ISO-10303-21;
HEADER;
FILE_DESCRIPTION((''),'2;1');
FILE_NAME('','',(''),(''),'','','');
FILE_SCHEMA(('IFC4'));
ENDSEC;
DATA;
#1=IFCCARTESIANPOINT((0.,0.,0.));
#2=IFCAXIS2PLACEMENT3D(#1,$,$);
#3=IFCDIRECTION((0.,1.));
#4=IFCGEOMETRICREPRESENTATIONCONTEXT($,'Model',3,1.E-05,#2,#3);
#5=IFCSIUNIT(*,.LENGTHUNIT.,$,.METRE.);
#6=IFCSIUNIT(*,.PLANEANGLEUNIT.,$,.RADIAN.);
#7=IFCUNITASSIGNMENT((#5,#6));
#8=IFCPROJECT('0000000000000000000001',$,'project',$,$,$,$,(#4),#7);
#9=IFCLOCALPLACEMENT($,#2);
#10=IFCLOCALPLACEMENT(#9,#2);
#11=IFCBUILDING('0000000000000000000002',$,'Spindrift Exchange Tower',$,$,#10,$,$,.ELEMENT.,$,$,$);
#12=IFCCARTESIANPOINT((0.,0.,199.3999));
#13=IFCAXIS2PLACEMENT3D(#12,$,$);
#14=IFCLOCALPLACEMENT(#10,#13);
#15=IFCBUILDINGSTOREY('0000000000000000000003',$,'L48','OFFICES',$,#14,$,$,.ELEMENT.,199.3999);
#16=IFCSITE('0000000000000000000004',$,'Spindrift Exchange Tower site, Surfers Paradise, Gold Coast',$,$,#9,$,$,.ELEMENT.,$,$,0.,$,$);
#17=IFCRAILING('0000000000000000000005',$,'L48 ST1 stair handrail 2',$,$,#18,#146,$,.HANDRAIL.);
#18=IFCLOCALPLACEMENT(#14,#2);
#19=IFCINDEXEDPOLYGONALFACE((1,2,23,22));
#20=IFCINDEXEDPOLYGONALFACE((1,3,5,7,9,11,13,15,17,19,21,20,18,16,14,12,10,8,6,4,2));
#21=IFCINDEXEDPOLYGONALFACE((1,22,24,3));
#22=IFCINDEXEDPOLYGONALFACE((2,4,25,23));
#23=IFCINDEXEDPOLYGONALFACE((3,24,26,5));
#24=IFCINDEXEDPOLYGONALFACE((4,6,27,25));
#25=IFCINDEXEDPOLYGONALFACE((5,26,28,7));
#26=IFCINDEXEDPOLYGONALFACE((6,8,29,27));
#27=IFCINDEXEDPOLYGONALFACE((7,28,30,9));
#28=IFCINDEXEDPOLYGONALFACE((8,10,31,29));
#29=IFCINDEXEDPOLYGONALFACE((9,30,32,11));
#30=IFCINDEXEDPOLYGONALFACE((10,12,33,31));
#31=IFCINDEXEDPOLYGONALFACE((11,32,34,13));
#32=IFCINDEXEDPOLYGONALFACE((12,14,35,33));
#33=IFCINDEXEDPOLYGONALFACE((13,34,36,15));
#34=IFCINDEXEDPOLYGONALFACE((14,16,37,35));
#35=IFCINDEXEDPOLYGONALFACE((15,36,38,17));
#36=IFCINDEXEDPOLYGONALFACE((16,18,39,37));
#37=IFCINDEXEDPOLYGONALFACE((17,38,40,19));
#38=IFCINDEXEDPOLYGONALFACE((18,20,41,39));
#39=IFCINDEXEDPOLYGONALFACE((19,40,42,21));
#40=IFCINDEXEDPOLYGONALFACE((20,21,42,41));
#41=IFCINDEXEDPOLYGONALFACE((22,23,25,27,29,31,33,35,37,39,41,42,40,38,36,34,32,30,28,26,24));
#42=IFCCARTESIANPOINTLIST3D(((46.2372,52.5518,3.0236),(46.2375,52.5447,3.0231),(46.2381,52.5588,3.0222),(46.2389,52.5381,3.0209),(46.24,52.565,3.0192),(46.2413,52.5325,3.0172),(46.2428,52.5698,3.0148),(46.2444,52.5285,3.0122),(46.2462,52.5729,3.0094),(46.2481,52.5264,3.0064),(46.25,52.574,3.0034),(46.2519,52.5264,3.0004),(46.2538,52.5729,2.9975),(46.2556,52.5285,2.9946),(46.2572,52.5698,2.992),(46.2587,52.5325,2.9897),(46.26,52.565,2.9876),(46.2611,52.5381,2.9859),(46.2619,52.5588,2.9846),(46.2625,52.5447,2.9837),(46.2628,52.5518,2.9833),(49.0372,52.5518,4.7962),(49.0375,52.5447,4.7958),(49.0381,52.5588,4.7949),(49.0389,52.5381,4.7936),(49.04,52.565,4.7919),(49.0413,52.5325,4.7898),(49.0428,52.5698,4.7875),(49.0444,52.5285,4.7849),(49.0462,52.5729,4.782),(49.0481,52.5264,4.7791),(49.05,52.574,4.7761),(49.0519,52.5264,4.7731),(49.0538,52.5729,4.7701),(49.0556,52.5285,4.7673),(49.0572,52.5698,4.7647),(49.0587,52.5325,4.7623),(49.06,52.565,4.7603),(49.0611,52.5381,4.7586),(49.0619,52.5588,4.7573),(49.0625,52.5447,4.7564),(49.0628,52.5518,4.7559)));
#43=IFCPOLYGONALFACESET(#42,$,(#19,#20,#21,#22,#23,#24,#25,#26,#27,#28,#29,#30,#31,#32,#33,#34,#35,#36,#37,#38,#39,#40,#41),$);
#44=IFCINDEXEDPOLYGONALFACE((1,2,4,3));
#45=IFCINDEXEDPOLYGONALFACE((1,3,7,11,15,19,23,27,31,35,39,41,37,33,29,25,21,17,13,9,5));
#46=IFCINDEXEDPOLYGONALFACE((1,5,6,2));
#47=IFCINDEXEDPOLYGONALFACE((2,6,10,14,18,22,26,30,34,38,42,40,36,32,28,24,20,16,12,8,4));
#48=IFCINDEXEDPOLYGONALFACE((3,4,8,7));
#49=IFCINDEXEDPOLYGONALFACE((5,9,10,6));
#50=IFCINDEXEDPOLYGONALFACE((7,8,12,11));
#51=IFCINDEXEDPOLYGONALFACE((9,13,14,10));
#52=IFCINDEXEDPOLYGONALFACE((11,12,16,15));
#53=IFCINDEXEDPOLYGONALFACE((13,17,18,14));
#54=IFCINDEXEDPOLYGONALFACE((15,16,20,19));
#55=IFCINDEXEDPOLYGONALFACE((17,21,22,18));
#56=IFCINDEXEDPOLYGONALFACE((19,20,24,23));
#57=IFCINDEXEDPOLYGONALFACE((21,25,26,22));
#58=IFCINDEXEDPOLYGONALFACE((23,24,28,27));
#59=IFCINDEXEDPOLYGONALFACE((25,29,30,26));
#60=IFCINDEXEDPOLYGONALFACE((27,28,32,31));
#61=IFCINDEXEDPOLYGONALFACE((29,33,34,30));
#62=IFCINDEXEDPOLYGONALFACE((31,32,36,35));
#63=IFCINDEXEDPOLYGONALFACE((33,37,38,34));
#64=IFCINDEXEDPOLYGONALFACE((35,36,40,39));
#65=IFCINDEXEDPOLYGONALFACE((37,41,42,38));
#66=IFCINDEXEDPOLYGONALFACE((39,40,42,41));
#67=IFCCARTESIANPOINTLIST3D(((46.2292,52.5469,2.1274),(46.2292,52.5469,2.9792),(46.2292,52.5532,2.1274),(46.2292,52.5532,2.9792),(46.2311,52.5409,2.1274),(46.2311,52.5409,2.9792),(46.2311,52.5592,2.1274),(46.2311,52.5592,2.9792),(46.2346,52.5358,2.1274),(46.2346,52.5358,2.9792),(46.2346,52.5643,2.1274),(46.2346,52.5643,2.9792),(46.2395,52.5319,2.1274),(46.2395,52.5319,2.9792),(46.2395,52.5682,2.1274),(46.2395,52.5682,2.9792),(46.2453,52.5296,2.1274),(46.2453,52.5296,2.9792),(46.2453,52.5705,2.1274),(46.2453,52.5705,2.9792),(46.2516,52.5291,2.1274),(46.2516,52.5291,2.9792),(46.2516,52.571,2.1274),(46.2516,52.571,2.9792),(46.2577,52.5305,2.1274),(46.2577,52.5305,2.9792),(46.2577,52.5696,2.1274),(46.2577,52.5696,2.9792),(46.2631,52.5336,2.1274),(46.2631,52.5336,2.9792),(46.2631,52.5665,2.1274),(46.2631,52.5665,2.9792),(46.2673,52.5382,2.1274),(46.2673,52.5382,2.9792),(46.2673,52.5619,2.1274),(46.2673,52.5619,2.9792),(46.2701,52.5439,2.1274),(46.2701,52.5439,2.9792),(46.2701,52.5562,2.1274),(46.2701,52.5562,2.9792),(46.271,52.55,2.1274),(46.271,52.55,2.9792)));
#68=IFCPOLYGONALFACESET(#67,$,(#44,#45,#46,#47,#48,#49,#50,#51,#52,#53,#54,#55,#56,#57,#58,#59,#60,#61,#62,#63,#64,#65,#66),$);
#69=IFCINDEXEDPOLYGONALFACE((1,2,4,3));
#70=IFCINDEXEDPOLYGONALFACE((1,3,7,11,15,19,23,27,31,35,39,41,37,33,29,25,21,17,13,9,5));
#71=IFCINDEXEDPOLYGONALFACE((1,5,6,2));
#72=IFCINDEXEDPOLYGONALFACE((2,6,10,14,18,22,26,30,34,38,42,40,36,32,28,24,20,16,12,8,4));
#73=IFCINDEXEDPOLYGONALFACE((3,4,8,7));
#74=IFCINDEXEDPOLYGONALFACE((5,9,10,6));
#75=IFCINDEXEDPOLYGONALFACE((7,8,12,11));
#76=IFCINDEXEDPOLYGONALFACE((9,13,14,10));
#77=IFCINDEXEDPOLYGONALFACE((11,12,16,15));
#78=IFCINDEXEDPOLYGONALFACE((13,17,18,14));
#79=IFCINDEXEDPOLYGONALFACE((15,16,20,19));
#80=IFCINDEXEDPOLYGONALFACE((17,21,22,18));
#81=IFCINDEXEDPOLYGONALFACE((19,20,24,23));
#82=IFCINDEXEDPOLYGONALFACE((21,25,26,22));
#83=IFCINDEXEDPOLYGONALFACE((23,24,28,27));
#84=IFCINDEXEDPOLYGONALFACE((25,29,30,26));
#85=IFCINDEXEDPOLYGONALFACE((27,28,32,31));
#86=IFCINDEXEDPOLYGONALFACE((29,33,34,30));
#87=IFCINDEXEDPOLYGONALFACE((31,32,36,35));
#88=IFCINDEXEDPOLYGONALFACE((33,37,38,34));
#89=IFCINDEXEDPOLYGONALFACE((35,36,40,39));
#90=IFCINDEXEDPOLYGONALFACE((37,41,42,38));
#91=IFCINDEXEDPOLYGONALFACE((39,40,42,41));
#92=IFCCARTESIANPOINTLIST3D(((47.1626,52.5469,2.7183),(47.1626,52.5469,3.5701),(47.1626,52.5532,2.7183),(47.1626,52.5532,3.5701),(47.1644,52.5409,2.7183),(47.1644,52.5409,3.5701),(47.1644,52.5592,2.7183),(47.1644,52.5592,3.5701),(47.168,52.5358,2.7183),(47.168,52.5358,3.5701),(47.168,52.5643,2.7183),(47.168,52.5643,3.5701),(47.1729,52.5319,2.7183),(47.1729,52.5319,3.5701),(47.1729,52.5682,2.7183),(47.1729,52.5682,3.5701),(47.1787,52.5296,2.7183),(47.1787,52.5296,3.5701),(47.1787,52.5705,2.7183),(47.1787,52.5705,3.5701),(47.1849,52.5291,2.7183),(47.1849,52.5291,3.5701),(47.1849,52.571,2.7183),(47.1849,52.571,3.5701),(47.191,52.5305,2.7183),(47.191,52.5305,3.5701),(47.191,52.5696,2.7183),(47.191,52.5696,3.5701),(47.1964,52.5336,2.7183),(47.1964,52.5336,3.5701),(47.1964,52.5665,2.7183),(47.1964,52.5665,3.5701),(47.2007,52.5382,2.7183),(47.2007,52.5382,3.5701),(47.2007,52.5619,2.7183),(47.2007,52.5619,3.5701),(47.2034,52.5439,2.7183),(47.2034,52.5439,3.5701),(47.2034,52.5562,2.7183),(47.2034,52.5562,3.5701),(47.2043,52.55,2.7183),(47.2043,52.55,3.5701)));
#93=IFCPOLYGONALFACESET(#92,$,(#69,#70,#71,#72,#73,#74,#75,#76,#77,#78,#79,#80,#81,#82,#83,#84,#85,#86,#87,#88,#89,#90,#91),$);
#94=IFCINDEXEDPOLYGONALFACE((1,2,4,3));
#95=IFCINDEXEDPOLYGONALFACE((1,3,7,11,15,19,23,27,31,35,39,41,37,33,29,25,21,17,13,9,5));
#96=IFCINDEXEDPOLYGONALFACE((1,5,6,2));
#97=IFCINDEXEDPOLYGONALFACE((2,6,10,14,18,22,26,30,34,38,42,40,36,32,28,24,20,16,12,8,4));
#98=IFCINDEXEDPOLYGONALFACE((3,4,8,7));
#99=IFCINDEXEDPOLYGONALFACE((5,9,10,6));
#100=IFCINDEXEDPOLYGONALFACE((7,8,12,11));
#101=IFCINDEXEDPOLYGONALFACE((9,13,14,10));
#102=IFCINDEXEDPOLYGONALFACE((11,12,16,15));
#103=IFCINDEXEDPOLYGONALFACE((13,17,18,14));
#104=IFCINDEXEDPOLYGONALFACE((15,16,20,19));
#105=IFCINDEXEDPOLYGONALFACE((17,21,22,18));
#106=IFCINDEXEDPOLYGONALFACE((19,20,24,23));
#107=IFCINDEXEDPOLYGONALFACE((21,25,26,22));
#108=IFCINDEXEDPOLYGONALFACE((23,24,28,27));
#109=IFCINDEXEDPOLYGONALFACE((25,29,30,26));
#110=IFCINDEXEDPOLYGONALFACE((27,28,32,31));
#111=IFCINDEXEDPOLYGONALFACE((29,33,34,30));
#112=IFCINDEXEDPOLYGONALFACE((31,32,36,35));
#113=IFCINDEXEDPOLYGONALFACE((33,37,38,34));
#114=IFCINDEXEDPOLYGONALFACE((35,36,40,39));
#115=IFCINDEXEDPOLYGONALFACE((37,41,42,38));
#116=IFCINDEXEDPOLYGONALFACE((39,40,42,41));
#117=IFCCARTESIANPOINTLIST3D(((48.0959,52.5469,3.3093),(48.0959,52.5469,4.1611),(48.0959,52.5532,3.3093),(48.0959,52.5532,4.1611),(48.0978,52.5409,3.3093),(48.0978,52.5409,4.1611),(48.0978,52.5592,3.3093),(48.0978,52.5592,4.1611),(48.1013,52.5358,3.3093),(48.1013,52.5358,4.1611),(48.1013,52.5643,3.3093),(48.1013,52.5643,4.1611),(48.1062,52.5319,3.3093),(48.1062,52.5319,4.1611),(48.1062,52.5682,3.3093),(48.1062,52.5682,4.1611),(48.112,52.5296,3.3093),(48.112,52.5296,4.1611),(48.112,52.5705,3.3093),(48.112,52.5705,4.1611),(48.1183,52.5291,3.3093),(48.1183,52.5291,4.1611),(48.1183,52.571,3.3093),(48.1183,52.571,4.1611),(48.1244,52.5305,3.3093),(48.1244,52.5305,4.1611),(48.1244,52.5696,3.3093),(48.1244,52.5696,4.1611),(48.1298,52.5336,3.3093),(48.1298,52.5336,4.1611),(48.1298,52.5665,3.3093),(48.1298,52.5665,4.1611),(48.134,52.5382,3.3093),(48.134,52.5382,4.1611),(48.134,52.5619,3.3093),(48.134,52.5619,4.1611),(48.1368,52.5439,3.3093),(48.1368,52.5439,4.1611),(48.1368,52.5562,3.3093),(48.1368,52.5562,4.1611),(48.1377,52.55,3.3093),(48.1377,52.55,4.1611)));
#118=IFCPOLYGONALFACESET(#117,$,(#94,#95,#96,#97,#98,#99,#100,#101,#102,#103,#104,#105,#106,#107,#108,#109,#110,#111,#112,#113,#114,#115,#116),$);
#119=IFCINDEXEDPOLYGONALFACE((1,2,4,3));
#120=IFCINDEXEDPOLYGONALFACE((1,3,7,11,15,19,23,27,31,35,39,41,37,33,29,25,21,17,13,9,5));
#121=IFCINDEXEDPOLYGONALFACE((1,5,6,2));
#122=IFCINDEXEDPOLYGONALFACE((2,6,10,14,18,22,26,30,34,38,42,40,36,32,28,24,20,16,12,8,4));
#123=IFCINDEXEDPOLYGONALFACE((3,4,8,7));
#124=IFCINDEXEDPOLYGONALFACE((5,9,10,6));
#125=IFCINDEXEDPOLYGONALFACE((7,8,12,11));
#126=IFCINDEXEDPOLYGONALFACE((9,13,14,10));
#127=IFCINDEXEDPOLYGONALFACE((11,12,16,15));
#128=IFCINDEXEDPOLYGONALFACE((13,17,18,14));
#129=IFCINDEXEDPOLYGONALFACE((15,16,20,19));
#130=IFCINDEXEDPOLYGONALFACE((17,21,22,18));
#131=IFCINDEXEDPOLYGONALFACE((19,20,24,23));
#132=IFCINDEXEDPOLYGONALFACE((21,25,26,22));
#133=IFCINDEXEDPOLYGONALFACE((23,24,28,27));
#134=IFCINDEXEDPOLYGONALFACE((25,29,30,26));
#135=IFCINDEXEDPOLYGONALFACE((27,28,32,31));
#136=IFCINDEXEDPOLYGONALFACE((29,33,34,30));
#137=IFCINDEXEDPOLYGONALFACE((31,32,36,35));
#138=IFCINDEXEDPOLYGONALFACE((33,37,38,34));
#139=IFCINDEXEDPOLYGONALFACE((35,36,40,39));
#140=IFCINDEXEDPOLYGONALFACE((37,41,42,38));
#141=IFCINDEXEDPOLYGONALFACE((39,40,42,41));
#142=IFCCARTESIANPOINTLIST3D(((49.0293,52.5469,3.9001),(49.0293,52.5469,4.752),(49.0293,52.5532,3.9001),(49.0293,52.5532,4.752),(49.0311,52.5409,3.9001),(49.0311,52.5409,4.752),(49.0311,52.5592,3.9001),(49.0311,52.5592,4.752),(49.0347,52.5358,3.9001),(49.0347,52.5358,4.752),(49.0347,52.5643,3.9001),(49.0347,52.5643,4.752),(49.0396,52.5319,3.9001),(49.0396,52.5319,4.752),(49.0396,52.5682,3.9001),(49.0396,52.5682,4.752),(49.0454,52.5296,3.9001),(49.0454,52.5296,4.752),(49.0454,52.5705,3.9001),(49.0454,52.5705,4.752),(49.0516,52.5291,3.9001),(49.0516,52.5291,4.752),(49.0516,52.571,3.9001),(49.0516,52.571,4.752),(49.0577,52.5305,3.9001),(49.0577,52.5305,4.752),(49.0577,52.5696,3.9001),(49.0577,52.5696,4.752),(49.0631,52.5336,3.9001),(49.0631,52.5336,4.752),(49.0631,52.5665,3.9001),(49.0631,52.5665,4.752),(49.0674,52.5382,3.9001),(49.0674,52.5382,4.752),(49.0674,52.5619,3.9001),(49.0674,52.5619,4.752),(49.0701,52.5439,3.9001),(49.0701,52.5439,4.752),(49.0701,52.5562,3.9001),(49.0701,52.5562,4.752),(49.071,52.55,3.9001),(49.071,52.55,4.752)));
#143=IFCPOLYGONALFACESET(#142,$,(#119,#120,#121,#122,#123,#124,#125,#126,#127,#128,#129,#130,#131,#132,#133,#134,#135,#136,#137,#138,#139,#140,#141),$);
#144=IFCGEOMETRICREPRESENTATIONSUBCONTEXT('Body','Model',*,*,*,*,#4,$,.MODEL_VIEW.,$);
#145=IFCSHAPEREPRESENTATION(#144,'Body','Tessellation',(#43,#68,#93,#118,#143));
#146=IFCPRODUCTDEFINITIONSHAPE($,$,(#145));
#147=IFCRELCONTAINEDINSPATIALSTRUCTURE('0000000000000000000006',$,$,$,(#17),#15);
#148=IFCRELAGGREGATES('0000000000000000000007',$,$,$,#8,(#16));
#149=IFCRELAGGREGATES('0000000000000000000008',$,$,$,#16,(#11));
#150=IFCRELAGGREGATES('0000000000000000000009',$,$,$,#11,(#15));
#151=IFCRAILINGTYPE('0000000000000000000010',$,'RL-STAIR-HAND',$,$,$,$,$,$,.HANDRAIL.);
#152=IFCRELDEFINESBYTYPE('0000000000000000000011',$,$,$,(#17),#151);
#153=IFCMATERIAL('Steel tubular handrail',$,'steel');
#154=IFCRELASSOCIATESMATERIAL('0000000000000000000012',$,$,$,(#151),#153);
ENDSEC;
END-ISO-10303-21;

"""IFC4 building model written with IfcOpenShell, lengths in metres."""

from ifc_helpers import new_model, si_unit, direction, frame, origin, origin_2d, place, context, subcontext, project, spatial, circle, extrude, material, type_object, element, save


model = new_model("IFC4")

# Units and contexts
model_context = context("Model", 3, precision=1e-05, world=origin(), true_north=direction((0.0, 1.0)))
body_context = subcontext(model_context, "Body", "Model", "MODEL_VIEW")
ifc_project = project(units=[si_unit("LENGTHUNIT", "METRE"), si_unit("PLANEANGLEUNIT", "RADIAN")], contexts=[model_context])

# Site, building, storey
site_placement = place(None, origin())
site = spatial("IfcSite", under=ifc_project, at=site_placement, Name="Spindrift Exchange Tower site, Surfers Paradise, Gold Coast", CompositionType="ELEMENT", RefElevation=0.0)
building_placement = place(site_placement, origin())
building = spatial("IfcBuilding", under=site, at=building_placement, Name="Spindrift Exchange Tower", CompositionType="ELEMENT")
storey_placement = place(building_placement, frame((0.0, 0.0, 199.3999)))
storey = spatial("IfcBuildingStorey", under=building, at=storey_placement, Name="L48", Description="OFFICES", CompositionType="ELEMENT", Elevation=199.3999)

# Railing
ifc_material_1 = material(Name="Steel tubular handrail", Category="steel")
railing_type_1 = type_object("IfcRailingType", Name="RL-STAIR-HAND", PredefinedType="HANDRAIL", material=ifc_material_1)
railing_1_placement = place(storey_placement, frame((46.25, 52.55, 2.1274)))
element("IfcRailing", 1, at=railing_1_placement, inside=storey, type_object=railing_type_1, Name="L48 ST1 stair handrail 2", PredefinedType="HANDRAIL", context=body_context, shape_type="SweptSolid", body=[
    extrude(circle(Radius=0.0239, at=origin_2d()), frame((0.0, 0.0, 0.876), z_axis=(0.844909, 0.0, 0.53491), x_axis=(0.0, 1.0, 0.0)), (0.0, 0.0, 1.0), 3.314),
    extrude(circle(Radius=0.021, at=origin_2d()), origin(), (0.0, 0.0, 1.0), 0.8518),
    extrude(circle(Radius=0.021, at=origin_2d()), frame((0.9333, 0.0, 0.5908)), (0.0, 0.0, 1.0), 0.8518),
    extrude(circle(Radius=0.021, at=origin_2d()), frame((1.8667, 0.0, 1.1819)), (0.0, 0.0, 1.0), 0.8518),
    extrude(circle(Radius=0.021, at=origin_2d()), frame((2.8, 0.0, 1.7727)), (0.0, 0.0, 1.0), 0.8518),
])

save(model, "model.ifc")
